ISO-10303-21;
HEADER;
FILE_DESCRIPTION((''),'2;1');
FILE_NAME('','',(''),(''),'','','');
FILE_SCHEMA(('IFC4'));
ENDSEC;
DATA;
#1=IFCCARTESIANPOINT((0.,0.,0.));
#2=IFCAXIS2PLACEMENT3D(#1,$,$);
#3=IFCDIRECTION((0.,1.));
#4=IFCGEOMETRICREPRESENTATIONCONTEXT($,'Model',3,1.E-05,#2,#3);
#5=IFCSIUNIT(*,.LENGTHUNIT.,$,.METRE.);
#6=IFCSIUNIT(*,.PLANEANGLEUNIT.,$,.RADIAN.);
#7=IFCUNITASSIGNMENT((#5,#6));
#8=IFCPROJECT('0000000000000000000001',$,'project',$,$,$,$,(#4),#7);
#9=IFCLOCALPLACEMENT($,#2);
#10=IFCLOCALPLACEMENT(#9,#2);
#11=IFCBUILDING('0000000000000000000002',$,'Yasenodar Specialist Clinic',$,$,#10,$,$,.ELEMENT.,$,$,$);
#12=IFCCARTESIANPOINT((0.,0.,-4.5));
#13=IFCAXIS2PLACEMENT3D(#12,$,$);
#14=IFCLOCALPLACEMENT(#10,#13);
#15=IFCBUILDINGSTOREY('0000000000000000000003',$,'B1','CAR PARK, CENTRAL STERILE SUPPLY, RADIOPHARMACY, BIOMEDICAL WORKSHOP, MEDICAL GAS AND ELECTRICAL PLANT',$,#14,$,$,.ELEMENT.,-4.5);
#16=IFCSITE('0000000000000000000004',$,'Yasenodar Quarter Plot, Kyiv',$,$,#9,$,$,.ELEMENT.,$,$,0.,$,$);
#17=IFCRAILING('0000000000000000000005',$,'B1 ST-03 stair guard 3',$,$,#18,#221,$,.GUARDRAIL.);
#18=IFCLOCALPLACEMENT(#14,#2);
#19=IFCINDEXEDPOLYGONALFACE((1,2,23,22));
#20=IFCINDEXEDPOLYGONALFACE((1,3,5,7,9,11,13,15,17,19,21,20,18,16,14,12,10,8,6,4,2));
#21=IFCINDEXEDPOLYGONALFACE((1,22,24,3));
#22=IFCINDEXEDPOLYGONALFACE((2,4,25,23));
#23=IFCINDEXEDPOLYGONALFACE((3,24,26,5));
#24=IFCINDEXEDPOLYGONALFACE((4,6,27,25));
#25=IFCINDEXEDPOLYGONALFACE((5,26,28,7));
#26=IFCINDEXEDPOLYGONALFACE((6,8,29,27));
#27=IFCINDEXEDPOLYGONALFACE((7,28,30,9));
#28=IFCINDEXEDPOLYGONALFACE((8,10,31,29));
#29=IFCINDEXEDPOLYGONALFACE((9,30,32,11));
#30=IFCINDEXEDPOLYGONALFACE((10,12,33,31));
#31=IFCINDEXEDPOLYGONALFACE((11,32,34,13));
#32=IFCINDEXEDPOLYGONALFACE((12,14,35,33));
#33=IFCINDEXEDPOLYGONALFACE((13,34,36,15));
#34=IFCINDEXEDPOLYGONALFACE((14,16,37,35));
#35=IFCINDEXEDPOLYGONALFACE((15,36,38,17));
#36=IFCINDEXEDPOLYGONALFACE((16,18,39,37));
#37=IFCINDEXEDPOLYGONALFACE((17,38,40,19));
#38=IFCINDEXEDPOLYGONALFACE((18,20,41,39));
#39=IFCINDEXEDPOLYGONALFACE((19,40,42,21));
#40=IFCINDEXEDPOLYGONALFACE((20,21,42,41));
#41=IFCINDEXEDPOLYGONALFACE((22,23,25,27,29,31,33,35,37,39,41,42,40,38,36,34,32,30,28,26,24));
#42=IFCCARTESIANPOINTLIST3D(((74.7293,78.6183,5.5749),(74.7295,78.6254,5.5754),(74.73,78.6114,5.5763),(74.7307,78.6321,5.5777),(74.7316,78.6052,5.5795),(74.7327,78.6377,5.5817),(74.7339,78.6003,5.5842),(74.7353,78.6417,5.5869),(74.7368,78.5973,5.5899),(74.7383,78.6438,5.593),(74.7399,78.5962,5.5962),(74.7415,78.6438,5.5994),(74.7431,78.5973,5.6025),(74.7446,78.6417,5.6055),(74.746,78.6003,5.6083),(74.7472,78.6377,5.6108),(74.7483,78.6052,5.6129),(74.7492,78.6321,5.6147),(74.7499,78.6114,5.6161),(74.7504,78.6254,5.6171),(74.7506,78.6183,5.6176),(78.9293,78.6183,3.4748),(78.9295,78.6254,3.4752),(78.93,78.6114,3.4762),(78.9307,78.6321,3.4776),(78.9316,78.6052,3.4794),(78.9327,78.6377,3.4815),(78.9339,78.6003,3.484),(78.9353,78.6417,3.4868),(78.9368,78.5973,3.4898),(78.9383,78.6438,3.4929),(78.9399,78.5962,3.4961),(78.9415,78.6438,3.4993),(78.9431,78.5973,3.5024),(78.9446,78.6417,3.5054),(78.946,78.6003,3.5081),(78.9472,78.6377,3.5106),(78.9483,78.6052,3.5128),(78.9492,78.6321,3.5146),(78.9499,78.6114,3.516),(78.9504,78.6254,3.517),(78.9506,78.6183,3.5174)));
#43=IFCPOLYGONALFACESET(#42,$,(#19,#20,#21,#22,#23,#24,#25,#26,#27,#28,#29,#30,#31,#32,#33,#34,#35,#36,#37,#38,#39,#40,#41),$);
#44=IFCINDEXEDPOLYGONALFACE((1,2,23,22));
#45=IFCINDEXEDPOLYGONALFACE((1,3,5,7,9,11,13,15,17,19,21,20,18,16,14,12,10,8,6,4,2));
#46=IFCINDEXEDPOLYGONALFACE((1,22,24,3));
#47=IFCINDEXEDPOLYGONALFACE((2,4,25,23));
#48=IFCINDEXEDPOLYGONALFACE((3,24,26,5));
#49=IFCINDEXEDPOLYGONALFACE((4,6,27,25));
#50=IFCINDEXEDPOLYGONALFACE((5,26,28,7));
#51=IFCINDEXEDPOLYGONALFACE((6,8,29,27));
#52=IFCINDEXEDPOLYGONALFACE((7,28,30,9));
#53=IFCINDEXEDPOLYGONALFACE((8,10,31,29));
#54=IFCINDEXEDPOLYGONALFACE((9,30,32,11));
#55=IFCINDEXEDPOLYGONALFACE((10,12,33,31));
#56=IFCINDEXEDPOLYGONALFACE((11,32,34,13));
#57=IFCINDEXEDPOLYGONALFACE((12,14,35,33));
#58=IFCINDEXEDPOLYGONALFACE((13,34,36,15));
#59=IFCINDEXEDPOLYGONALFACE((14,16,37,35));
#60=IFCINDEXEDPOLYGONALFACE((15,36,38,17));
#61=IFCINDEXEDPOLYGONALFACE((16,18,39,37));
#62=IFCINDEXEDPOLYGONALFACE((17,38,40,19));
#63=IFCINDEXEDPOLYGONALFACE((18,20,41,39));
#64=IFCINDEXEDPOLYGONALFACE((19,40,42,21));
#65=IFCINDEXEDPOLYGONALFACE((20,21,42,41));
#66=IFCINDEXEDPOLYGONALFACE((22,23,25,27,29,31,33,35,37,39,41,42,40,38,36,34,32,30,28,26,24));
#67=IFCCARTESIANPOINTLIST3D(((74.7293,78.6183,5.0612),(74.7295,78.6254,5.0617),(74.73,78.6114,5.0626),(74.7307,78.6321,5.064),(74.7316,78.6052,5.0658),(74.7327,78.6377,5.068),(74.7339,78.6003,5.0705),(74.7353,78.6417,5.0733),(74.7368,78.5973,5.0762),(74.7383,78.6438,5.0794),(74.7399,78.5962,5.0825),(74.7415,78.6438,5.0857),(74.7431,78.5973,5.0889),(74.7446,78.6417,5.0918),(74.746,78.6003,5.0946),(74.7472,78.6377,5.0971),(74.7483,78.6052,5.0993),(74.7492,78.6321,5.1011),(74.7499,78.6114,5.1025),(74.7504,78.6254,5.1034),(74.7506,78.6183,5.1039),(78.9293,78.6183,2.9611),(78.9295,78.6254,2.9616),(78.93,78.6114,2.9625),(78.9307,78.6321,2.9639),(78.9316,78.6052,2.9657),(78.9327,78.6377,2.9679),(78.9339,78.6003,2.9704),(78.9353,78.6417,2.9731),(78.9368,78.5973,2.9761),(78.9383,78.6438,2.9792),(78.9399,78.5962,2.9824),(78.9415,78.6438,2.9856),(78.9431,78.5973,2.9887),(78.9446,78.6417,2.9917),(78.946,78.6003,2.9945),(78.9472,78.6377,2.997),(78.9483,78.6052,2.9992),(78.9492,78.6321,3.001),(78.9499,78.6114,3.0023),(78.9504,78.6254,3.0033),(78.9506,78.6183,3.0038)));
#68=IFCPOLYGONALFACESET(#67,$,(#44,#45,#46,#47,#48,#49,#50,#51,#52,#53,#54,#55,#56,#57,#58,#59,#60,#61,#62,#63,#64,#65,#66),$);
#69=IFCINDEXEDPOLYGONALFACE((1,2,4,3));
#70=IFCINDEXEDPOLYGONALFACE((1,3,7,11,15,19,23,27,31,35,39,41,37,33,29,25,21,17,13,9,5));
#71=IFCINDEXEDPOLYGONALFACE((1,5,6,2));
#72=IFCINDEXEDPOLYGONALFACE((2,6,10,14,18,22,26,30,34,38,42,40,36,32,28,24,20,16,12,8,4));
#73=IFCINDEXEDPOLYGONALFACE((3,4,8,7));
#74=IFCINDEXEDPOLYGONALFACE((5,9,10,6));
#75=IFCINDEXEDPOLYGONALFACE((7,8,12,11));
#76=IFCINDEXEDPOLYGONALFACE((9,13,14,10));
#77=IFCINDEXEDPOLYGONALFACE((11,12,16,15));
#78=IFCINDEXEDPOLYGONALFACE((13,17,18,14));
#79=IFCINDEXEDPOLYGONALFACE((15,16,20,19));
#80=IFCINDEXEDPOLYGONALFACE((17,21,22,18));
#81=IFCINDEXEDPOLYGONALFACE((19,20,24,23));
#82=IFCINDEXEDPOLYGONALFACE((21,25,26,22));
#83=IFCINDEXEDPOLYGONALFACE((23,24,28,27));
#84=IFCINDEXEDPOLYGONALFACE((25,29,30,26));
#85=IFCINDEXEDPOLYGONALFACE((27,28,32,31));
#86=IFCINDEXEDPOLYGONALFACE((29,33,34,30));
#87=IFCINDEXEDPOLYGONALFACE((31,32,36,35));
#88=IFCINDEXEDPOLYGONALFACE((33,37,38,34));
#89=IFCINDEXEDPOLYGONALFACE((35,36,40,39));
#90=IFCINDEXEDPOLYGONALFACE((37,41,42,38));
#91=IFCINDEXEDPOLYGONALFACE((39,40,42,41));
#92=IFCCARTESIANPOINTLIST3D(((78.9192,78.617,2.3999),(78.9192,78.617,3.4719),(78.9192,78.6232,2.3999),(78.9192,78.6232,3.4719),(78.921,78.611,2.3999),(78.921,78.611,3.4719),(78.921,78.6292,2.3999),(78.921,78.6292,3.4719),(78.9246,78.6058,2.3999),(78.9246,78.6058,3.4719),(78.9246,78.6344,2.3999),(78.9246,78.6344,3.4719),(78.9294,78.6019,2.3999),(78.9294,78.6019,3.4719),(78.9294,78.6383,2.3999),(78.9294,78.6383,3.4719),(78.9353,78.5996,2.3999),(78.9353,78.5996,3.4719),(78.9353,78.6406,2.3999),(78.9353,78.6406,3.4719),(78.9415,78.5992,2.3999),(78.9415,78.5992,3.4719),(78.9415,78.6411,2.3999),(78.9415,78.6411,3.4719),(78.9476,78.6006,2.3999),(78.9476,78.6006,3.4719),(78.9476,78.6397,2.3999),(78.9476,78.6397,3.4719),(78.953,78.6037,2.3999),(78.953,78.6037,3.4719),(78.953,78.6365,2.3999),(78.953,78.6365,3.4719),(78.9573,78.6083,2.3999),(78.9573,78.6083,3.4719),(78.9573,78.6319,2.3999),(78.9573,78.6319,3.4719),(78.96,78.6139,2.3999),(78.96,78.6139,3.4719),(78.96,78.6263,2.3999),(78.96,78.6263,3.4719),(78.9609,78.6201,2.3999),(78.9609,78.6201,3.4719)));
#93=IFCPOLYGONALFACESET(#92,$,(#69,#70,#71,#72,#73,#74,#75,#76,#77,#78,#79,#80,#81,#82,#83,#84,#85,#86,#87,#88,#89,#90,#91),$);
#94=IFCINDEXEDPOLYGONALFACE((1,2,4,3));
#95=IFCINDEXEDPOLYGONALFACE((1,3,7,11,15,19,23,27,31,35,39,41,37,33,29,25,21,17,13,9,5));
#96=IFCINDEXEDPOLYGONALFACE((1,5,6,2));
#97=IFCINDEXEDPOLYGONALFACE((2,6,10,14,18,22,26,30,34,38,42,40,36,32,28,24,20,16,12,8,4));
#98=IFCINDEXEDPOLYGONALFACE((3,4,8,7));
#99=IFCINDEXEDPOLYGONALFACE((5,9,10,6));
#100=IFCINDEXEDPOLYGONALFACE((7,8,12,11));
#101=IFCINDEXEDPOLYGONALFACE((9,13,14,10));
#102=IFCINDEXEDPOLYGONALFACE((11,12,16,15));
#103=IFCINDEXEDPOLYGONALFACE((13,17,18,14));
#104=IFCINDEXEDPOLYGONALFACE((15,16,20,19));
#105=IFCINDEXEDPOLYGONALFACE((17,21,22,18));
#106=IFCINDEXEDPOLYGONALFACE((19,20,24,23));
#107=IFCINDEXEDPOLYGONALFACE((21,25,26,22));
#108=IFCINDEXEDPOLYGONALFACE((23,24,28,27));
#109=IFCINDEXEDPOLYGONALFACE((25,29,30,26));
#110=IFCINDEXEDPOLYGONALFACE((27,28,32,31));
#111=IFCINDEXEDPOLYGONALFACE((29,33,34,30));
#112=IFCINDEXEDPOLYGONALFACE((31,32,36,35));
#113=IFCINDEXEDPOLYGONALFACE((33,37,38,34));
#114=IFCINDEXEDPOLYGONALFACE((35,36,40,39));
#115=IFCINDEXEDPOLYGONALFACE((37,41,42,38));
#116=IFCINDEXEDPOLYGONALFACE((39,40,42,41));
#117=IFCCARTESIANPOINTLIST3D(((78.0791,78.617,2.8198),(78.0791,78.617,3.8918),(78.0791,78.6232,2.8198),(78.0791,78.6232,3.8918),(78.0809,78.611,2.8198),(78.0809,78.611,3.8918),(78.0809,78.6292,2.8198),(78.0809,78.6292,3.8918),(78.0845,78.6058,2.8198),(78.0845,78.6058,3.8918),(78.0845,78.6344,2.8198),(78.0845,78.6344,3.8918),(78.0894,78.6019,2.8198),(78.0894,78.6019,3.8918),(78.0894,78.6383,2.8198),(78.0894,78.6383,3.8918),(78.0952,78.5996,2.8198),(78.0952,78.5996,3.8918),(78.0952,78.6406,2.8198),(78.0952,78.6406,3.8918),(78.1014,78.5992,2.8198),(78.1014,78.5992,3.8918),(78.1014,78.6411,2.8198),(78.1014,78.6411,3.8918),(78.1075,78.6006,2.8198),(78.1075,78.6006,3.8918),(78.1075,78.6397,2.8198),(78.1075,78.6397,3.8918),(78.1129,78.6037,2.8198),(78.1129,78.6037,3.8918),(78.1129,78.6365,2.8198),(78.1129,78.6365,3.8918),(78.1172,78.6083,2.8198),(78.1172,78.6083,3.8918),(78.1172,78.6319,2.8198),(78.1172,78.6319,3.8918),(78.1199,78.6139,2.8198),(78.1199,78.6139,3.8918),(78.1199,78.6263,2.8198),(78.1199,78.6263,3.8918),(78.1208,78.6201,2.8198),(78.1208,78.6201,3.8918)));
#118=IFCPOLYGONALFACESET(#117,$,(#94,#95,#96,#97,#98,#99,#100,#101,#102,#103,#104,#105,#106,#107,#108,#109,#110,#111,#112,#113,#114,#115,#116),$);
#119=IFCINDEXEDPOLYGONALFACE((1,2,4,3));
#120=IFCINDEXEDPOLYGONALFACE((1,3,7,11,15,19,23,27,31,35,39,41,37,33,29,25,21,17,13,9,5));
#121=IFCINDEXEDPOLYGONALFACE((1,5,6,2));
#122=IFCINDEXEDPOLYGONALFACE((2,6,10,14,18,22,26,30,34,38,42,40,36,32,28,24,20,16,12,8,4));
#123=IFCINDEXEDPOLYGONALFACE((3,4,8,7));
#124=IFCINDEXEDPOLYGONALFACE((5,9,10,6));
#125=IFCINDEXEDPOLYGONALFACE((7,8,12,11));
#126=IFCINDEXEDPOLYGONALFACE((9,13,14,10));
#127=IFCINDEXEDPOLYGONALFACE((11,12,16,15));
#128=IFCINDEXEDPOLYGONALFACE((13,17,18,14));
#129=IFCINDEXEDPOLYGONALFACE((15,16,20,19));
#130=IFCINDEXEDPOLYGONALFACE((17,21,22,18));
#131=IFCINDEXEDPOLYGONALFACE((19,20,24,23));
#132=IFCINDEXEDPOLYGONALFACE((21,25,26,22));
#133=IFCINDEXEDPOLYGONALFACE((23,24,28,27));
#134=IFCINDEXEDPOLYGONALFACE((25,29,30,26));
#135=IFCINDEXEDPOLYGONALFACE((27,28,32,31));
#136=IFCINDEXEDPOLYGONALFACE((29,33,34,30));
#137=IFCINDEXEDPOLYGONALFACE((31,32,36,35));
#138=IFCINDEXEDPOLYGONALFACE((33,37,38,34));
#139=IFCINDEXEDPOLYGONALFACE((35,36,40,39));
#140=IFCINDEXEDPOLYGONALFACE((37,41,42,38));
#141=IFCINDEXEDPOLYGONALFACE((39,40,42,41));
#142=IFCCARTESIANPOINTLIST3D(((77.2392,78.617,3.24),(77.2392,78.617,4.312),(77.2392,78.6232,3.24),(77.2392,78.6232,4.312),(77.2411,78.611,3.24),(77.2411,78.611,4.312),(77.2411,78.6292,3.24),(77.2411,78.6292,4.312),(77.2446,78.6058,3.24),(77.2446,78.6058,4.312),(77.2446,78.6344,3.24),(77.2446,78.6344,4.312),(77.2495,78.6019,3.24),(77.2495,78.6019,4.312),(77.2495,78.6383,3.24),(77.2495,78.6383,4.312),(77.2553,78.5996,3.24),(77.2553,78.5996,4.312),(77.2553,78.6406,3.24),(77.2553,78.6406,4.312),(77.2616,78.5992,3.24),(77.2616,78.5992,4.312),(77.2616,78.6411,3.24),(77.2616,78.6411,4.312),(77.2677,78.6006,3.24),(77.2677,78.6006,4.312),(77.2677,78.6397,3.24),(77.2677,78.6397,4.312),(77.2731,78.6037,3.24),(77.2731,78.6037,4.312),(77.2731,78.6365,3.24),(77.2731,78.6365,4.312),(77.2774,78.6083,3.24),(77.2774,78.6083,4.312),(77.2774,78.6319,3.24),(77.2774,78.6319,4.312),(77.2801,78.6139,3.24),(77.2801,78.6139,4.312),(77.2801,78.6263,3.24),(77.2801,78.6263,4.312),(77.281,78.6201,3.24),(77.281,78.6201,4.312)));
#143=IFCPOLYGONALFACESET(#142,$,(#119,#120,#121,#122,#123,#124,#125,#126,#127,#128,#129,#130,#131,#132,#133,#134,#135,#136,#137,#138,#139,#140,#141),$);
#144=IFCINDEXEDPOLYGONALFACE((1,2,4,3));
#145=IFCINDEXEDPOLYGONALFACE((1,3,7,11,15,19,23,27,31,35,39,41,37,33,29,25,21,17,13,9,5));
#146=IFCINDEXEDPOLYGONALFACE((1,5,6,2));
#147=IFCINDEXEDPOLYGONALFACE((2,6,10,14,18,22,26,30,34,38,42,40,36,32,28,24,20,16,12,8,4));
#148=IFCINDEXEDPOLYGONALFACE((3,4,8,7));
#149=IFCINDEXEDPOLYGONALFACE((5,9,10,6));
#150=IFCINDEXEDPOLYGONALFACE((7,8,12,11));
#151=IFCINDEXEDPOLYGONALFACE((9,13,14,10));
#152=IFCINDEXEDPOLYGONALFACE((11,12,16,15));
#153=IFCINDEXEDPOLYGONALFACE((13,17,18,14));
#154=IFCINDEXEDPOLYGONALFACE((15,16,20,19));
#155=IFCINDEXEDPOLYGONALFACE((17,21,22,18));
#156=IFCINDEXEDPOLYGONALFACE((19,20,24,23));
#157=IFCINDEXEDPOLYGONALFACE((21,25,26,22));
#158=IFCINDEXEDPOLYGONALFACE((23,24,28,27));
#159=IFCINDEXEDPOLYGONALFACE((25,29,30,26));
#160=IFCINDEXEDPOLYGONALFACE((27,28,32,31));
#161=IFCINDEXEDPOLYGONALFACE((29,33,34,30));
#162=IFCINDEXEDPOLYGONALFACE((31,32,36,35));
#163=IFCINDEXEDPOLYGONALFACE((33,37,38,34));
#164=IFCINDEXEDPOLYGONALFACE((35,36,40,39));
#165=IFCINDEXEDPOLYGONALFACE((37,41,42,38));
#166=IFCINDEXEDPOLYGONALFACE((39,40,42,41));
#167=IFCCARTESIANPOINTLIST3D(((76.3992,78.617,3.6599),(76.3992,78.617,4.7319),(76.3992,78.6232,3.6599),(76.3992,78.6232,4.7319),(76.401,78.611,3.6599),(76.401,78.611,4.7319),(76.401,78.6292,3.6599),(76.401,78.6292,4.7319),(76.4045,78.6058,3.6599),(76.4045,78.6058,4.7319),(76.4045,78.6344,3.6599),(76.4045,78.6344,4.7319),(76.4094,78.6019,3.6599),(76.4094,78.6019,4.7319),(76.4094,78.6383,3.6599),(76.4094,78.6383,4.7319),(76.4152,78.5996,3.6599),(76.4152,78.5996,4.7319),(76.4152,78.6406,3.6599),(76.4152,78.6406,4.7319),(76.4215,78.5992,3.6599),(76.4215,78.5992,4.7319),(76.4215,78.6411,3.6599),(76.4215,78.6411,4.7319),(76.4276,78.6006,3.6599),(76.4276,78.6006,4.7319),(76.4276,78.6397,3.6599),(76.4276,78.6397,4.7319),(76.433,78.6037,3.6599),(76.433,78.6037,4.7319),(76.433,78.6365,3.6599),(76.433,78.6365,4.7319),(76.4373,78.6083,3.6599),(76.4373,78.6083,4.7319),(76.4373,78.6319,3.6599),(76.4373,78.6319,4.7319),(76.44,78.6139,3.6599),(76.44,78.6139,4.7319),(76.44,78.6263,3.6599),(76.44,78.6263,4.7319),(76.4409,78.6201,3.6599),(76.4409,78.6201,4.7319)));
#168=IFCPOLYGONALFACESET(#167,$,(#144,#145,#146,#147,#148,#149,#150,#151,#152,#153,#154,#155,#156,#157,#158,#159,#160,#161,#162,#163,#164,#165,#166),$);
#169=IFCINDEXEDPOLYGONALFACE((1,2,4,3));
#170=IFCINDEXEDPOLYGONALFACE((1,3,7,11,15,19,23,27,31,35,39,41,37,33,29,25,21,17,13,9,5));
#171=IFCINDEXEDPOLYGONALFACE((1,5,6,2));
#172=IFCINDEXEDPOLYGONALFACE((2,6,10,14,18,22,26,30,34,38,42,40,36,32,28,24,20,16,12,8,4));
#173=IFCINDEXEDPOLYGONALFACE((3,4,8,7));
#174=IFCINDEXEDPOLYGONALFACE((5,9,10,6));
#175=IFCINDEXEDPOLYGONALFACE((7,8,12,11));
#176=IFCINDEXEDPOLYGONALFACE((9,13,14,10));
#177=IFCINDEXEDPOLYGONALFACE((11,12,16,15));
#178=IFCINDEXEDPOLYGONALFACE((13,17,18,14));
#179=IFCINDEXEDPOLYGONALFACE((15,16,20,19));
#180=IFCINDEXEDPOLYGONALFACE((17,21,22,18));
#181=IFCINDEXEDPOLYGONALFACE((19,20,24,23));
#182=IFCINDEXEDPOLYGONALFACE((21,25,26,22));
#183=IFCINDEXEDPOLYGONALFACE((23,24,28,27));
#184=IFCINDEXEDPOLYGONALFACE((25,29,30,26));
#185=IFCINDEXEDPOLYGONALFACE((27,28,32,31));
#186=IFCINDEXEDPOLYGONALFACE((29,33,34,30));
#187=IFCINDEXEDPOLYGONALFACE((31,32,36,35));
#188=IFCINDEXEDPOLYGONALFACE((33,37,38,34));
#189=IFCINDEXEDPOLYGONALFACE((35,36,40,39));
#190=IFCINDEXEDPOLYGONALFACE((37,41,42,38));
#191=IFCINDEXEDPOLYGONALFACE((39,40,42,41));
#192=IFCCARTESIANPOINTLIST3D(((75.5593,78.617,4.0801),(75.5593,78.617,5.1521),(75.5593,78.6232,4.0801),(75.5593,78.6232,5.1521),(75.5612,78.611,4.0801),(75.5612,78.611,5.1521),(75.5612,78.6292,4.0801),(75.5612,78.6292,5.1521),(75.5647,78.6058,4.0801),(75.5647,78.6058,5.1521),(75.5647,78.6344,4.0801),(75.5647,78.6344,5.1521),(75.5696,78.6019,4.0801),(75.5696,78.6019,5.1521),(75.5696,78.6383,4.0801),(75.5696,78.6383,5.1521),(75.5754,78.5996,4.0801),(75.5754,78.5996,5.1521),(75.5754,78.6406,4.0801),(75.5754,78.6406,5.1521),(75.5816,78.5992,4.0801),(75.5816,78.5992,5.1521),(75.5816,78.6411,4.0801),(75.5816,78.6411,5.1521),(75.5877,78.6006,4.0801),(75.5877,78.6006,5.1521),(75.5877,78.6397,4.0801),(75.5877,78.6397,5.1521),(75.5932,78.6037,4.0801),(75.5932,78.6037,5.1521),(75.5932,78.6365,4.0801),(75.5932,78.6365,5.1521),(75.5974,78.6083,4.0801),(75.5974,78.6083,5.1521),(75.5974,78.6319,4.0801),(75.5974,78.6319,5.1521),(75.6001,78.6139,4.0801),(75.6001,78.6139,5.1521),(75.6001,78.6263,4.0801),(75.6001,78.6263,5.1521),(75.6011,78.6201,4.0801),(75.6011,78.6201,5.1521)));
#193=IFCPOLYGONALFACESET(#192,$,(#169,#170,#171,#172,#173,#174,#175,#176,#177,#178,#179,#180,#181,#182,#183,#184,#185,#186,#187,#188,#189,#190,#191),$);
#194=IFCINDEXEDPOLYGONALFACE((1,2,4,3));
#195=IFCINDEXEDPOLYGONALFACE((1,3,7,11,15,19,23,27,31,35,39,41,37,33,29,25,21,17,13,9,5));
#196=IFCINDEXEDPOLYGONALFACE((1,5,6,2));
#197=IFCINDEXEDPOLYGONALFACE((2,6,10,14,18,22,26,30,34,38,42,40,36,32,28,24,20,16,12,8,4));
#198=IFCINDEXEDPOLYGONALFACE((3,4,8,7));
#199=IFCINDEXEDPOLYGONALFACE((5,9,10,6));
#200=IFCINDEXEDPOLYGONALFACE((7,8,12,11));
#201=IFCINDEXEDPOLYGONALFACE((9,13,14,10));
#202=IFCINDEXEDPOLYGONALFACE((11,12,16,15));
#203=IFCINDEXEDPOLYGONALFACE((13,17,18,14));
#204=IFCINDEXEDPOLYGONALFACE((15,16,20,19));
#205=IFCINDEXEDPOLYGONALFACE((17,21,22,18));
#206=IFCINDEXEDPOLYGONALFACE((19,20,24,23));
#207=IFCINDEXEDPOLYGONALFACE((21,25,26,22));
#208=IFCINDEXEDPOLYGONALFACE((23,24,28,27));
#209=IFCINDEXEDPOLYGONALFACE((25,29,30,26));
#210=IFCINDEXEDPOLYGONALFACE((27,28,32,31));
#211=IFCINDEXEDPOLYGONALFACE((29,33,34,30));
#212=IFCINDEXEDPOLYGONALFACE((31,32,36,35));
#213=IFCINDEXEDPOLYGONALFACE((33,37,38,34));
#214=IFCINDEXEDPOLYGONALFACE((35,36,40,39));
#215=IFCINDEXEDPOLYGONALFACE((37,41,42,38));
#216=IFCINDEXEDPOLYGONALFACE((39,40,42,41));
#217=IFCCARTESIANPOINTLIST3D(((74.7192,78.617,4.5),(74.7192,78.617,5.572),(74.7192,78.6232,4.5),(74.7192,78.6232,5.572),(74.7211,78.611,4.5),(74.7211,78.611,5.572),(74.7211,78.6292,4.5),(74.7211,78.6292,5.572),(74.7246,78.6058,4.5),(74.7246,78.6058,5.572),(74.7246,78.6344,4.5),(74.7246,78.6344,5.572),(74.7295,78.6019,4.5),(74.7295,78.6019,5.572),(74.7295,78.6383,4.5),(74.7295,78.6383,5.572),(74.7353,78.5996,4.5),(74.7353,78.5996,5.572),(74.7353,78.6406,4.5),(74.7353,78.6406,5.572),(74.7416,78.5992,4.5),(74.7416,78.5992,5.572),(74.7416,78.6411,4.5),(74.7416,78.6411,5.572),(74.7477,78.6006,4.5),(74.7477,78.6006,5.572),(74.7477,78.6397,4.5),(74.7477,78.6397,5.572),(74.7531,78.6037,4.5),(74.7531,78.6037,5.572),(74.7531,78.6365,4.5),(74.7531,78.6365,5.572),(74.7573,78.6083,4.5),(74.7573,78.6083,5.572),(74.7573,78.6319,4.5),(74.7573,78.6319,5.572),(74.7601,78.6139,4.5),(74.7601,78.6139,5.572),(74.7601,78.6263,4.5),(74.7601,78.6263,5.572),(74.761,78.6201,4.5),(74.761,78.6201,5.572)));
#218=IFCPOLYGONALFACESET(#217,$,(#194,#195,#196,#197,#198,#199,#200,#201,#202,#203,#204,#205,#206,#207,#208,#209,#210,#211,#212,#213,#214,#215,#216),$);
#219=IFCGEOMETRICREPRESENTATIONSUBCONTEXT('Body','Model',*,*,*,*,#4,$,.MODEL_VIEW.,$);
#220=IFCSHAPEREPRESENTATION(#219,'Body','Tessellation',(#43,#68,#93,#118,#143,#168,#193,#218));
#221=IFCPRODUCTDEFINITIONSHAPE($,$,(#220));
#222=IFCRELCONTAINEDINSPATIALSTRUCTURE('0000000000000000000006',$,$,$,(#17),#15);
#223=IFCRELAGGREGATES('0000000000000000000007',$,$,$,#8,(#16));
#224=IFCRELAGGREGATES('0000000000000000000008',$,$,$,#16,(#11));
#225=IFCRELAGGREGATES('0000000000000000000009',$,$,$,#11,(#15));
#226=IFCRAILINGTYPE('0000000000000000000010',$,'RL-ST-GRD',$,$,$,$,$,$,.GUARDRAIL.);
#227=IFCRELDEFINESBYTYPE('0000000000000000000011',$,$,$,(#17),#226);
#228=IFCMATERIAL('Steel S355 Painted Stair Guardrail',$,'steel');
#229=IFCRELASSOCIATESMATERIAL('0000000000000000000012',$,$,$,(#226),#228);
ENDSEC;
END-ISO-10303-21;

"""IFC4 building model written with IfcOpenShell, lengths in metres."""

from ifc_helpers import new_model, si_unit, direction, frame, origin, origin_2d, place, context, subcontext, project, spatial, circle, extrude, material, type_object, element, save


model = new_model("IFC4")

# Units and contexts
model_context = context("Model", 3, precision=1e-05, world=origin(), true_north=direction((0.0, 1.0)))
body_context = subcontext(model_context, "Body", "Model", "MODEL_VIEW")
ifc_project = project(units=[si_unit("LENGTHUNIT", "METRE"), si_unit("PLANEANGLEUNIT", "RADIAN")], contexts=[model_context])

# Site, building, storey
site_placement = place(None, origin())
site = spatial("IfcSite", under=ifc_project, at=site_placement, Name="Yasenodar Quarter Plot, Kyiv", CompositionType="ELEMENT", RefElevation=0.0)
building_placement = place(site_placement, origin())
building = spatial("IfcBuilding", under=site, at=building_placement, Name="Yasenodar Specialist Clinic", CompositionType="ELEMENT")
storey_placement = place(building_placement, frame((0.0, 0.0, -4.5)))
storey = spatial("IfcBuildingStorey", under=building, at=storey_placement, Name="B1", Description="CAR PARK, CENTRAL STERILE SUPPLY, RADIOPHARMACY, BIOMEDICAL WORKSHOP, MEDICAL GAS AND ELECTRICAL PLANT", CompositionType="ELEMENT", Elevation=-4.5)

# Railing
ifc_material_1 = material(Name="Steel S355 Painted Stair Guardrail", Category="steel")
railing_type_1 = type_object("IfcRailingType", Name="RL-ST-GRD", PredefinedType="GUARDRAIL", material=ifc_material_1)
railing_1_placement = place(storey_placement, frame((78.9399, 78.6201, 2.3999)))
element("IfcRailing", 1, at=railing_1_placement, inside=storey, type_object=railing_type_1, Name="B1 ST-03 stair guard 3", PredefinedType="GUARDRAIL", context=body_context, shape_type="SweptSolid", body=[
    extrude(circle(Radius=0.0239, at=origin_2d()), frame((0.0, 0.0, 1.0962), z_axis=(-0.894417, 0.0, 0.447234), x_axis=(0.0, -1.0, 0.0)), (0.0, 0.0, 1.0), 4.6958),
    extrude(circle(Radius=0.0239, at=origin_2d()), frame((0.0, 0.0, 0.5825), z_axis=(-0.894417, 0.0, 0.447234), x_axis=(0.0, -1.0, 0.0)), (0.0, 0.0, 1.0), 4.6958),
    extrude(circle(Radius=0.021, at=origin_2d()), origin(), (0.0, 0.0, 1.0), 1.072),
    extrude(circle(Radius=0.021, at=origin_2d()), frame((-0.8401, 0.0, 0.4199)), (0.0, 0.0, 1.0), 1.072),
    extrude(circle(Radius=0.021, at=origin_2d()), frame((-1.6799, 0.0, 0.8401)), (0.0, 0.0, 1.0), 1.072),
    extrude(circle(Radius=0.021, at=origin_2d()), frame((-2.52, 0.0, 1.26)), (0.0, 0.0, 1.0), 1.072),
    extrude(circle(Radius=0.021, at=origin_2d()), frame((-3.3599, 0.0, 1.6802)), (0.0, 0.0, 1.0), 1.072),
    extrude(circle(Radius=0.021, at=origin_2d()), frame((-4.2, 0.0, 2.1001)), (0.0, 0.0, 1.0), 1.072),
])

save(model, "model.ifc")
